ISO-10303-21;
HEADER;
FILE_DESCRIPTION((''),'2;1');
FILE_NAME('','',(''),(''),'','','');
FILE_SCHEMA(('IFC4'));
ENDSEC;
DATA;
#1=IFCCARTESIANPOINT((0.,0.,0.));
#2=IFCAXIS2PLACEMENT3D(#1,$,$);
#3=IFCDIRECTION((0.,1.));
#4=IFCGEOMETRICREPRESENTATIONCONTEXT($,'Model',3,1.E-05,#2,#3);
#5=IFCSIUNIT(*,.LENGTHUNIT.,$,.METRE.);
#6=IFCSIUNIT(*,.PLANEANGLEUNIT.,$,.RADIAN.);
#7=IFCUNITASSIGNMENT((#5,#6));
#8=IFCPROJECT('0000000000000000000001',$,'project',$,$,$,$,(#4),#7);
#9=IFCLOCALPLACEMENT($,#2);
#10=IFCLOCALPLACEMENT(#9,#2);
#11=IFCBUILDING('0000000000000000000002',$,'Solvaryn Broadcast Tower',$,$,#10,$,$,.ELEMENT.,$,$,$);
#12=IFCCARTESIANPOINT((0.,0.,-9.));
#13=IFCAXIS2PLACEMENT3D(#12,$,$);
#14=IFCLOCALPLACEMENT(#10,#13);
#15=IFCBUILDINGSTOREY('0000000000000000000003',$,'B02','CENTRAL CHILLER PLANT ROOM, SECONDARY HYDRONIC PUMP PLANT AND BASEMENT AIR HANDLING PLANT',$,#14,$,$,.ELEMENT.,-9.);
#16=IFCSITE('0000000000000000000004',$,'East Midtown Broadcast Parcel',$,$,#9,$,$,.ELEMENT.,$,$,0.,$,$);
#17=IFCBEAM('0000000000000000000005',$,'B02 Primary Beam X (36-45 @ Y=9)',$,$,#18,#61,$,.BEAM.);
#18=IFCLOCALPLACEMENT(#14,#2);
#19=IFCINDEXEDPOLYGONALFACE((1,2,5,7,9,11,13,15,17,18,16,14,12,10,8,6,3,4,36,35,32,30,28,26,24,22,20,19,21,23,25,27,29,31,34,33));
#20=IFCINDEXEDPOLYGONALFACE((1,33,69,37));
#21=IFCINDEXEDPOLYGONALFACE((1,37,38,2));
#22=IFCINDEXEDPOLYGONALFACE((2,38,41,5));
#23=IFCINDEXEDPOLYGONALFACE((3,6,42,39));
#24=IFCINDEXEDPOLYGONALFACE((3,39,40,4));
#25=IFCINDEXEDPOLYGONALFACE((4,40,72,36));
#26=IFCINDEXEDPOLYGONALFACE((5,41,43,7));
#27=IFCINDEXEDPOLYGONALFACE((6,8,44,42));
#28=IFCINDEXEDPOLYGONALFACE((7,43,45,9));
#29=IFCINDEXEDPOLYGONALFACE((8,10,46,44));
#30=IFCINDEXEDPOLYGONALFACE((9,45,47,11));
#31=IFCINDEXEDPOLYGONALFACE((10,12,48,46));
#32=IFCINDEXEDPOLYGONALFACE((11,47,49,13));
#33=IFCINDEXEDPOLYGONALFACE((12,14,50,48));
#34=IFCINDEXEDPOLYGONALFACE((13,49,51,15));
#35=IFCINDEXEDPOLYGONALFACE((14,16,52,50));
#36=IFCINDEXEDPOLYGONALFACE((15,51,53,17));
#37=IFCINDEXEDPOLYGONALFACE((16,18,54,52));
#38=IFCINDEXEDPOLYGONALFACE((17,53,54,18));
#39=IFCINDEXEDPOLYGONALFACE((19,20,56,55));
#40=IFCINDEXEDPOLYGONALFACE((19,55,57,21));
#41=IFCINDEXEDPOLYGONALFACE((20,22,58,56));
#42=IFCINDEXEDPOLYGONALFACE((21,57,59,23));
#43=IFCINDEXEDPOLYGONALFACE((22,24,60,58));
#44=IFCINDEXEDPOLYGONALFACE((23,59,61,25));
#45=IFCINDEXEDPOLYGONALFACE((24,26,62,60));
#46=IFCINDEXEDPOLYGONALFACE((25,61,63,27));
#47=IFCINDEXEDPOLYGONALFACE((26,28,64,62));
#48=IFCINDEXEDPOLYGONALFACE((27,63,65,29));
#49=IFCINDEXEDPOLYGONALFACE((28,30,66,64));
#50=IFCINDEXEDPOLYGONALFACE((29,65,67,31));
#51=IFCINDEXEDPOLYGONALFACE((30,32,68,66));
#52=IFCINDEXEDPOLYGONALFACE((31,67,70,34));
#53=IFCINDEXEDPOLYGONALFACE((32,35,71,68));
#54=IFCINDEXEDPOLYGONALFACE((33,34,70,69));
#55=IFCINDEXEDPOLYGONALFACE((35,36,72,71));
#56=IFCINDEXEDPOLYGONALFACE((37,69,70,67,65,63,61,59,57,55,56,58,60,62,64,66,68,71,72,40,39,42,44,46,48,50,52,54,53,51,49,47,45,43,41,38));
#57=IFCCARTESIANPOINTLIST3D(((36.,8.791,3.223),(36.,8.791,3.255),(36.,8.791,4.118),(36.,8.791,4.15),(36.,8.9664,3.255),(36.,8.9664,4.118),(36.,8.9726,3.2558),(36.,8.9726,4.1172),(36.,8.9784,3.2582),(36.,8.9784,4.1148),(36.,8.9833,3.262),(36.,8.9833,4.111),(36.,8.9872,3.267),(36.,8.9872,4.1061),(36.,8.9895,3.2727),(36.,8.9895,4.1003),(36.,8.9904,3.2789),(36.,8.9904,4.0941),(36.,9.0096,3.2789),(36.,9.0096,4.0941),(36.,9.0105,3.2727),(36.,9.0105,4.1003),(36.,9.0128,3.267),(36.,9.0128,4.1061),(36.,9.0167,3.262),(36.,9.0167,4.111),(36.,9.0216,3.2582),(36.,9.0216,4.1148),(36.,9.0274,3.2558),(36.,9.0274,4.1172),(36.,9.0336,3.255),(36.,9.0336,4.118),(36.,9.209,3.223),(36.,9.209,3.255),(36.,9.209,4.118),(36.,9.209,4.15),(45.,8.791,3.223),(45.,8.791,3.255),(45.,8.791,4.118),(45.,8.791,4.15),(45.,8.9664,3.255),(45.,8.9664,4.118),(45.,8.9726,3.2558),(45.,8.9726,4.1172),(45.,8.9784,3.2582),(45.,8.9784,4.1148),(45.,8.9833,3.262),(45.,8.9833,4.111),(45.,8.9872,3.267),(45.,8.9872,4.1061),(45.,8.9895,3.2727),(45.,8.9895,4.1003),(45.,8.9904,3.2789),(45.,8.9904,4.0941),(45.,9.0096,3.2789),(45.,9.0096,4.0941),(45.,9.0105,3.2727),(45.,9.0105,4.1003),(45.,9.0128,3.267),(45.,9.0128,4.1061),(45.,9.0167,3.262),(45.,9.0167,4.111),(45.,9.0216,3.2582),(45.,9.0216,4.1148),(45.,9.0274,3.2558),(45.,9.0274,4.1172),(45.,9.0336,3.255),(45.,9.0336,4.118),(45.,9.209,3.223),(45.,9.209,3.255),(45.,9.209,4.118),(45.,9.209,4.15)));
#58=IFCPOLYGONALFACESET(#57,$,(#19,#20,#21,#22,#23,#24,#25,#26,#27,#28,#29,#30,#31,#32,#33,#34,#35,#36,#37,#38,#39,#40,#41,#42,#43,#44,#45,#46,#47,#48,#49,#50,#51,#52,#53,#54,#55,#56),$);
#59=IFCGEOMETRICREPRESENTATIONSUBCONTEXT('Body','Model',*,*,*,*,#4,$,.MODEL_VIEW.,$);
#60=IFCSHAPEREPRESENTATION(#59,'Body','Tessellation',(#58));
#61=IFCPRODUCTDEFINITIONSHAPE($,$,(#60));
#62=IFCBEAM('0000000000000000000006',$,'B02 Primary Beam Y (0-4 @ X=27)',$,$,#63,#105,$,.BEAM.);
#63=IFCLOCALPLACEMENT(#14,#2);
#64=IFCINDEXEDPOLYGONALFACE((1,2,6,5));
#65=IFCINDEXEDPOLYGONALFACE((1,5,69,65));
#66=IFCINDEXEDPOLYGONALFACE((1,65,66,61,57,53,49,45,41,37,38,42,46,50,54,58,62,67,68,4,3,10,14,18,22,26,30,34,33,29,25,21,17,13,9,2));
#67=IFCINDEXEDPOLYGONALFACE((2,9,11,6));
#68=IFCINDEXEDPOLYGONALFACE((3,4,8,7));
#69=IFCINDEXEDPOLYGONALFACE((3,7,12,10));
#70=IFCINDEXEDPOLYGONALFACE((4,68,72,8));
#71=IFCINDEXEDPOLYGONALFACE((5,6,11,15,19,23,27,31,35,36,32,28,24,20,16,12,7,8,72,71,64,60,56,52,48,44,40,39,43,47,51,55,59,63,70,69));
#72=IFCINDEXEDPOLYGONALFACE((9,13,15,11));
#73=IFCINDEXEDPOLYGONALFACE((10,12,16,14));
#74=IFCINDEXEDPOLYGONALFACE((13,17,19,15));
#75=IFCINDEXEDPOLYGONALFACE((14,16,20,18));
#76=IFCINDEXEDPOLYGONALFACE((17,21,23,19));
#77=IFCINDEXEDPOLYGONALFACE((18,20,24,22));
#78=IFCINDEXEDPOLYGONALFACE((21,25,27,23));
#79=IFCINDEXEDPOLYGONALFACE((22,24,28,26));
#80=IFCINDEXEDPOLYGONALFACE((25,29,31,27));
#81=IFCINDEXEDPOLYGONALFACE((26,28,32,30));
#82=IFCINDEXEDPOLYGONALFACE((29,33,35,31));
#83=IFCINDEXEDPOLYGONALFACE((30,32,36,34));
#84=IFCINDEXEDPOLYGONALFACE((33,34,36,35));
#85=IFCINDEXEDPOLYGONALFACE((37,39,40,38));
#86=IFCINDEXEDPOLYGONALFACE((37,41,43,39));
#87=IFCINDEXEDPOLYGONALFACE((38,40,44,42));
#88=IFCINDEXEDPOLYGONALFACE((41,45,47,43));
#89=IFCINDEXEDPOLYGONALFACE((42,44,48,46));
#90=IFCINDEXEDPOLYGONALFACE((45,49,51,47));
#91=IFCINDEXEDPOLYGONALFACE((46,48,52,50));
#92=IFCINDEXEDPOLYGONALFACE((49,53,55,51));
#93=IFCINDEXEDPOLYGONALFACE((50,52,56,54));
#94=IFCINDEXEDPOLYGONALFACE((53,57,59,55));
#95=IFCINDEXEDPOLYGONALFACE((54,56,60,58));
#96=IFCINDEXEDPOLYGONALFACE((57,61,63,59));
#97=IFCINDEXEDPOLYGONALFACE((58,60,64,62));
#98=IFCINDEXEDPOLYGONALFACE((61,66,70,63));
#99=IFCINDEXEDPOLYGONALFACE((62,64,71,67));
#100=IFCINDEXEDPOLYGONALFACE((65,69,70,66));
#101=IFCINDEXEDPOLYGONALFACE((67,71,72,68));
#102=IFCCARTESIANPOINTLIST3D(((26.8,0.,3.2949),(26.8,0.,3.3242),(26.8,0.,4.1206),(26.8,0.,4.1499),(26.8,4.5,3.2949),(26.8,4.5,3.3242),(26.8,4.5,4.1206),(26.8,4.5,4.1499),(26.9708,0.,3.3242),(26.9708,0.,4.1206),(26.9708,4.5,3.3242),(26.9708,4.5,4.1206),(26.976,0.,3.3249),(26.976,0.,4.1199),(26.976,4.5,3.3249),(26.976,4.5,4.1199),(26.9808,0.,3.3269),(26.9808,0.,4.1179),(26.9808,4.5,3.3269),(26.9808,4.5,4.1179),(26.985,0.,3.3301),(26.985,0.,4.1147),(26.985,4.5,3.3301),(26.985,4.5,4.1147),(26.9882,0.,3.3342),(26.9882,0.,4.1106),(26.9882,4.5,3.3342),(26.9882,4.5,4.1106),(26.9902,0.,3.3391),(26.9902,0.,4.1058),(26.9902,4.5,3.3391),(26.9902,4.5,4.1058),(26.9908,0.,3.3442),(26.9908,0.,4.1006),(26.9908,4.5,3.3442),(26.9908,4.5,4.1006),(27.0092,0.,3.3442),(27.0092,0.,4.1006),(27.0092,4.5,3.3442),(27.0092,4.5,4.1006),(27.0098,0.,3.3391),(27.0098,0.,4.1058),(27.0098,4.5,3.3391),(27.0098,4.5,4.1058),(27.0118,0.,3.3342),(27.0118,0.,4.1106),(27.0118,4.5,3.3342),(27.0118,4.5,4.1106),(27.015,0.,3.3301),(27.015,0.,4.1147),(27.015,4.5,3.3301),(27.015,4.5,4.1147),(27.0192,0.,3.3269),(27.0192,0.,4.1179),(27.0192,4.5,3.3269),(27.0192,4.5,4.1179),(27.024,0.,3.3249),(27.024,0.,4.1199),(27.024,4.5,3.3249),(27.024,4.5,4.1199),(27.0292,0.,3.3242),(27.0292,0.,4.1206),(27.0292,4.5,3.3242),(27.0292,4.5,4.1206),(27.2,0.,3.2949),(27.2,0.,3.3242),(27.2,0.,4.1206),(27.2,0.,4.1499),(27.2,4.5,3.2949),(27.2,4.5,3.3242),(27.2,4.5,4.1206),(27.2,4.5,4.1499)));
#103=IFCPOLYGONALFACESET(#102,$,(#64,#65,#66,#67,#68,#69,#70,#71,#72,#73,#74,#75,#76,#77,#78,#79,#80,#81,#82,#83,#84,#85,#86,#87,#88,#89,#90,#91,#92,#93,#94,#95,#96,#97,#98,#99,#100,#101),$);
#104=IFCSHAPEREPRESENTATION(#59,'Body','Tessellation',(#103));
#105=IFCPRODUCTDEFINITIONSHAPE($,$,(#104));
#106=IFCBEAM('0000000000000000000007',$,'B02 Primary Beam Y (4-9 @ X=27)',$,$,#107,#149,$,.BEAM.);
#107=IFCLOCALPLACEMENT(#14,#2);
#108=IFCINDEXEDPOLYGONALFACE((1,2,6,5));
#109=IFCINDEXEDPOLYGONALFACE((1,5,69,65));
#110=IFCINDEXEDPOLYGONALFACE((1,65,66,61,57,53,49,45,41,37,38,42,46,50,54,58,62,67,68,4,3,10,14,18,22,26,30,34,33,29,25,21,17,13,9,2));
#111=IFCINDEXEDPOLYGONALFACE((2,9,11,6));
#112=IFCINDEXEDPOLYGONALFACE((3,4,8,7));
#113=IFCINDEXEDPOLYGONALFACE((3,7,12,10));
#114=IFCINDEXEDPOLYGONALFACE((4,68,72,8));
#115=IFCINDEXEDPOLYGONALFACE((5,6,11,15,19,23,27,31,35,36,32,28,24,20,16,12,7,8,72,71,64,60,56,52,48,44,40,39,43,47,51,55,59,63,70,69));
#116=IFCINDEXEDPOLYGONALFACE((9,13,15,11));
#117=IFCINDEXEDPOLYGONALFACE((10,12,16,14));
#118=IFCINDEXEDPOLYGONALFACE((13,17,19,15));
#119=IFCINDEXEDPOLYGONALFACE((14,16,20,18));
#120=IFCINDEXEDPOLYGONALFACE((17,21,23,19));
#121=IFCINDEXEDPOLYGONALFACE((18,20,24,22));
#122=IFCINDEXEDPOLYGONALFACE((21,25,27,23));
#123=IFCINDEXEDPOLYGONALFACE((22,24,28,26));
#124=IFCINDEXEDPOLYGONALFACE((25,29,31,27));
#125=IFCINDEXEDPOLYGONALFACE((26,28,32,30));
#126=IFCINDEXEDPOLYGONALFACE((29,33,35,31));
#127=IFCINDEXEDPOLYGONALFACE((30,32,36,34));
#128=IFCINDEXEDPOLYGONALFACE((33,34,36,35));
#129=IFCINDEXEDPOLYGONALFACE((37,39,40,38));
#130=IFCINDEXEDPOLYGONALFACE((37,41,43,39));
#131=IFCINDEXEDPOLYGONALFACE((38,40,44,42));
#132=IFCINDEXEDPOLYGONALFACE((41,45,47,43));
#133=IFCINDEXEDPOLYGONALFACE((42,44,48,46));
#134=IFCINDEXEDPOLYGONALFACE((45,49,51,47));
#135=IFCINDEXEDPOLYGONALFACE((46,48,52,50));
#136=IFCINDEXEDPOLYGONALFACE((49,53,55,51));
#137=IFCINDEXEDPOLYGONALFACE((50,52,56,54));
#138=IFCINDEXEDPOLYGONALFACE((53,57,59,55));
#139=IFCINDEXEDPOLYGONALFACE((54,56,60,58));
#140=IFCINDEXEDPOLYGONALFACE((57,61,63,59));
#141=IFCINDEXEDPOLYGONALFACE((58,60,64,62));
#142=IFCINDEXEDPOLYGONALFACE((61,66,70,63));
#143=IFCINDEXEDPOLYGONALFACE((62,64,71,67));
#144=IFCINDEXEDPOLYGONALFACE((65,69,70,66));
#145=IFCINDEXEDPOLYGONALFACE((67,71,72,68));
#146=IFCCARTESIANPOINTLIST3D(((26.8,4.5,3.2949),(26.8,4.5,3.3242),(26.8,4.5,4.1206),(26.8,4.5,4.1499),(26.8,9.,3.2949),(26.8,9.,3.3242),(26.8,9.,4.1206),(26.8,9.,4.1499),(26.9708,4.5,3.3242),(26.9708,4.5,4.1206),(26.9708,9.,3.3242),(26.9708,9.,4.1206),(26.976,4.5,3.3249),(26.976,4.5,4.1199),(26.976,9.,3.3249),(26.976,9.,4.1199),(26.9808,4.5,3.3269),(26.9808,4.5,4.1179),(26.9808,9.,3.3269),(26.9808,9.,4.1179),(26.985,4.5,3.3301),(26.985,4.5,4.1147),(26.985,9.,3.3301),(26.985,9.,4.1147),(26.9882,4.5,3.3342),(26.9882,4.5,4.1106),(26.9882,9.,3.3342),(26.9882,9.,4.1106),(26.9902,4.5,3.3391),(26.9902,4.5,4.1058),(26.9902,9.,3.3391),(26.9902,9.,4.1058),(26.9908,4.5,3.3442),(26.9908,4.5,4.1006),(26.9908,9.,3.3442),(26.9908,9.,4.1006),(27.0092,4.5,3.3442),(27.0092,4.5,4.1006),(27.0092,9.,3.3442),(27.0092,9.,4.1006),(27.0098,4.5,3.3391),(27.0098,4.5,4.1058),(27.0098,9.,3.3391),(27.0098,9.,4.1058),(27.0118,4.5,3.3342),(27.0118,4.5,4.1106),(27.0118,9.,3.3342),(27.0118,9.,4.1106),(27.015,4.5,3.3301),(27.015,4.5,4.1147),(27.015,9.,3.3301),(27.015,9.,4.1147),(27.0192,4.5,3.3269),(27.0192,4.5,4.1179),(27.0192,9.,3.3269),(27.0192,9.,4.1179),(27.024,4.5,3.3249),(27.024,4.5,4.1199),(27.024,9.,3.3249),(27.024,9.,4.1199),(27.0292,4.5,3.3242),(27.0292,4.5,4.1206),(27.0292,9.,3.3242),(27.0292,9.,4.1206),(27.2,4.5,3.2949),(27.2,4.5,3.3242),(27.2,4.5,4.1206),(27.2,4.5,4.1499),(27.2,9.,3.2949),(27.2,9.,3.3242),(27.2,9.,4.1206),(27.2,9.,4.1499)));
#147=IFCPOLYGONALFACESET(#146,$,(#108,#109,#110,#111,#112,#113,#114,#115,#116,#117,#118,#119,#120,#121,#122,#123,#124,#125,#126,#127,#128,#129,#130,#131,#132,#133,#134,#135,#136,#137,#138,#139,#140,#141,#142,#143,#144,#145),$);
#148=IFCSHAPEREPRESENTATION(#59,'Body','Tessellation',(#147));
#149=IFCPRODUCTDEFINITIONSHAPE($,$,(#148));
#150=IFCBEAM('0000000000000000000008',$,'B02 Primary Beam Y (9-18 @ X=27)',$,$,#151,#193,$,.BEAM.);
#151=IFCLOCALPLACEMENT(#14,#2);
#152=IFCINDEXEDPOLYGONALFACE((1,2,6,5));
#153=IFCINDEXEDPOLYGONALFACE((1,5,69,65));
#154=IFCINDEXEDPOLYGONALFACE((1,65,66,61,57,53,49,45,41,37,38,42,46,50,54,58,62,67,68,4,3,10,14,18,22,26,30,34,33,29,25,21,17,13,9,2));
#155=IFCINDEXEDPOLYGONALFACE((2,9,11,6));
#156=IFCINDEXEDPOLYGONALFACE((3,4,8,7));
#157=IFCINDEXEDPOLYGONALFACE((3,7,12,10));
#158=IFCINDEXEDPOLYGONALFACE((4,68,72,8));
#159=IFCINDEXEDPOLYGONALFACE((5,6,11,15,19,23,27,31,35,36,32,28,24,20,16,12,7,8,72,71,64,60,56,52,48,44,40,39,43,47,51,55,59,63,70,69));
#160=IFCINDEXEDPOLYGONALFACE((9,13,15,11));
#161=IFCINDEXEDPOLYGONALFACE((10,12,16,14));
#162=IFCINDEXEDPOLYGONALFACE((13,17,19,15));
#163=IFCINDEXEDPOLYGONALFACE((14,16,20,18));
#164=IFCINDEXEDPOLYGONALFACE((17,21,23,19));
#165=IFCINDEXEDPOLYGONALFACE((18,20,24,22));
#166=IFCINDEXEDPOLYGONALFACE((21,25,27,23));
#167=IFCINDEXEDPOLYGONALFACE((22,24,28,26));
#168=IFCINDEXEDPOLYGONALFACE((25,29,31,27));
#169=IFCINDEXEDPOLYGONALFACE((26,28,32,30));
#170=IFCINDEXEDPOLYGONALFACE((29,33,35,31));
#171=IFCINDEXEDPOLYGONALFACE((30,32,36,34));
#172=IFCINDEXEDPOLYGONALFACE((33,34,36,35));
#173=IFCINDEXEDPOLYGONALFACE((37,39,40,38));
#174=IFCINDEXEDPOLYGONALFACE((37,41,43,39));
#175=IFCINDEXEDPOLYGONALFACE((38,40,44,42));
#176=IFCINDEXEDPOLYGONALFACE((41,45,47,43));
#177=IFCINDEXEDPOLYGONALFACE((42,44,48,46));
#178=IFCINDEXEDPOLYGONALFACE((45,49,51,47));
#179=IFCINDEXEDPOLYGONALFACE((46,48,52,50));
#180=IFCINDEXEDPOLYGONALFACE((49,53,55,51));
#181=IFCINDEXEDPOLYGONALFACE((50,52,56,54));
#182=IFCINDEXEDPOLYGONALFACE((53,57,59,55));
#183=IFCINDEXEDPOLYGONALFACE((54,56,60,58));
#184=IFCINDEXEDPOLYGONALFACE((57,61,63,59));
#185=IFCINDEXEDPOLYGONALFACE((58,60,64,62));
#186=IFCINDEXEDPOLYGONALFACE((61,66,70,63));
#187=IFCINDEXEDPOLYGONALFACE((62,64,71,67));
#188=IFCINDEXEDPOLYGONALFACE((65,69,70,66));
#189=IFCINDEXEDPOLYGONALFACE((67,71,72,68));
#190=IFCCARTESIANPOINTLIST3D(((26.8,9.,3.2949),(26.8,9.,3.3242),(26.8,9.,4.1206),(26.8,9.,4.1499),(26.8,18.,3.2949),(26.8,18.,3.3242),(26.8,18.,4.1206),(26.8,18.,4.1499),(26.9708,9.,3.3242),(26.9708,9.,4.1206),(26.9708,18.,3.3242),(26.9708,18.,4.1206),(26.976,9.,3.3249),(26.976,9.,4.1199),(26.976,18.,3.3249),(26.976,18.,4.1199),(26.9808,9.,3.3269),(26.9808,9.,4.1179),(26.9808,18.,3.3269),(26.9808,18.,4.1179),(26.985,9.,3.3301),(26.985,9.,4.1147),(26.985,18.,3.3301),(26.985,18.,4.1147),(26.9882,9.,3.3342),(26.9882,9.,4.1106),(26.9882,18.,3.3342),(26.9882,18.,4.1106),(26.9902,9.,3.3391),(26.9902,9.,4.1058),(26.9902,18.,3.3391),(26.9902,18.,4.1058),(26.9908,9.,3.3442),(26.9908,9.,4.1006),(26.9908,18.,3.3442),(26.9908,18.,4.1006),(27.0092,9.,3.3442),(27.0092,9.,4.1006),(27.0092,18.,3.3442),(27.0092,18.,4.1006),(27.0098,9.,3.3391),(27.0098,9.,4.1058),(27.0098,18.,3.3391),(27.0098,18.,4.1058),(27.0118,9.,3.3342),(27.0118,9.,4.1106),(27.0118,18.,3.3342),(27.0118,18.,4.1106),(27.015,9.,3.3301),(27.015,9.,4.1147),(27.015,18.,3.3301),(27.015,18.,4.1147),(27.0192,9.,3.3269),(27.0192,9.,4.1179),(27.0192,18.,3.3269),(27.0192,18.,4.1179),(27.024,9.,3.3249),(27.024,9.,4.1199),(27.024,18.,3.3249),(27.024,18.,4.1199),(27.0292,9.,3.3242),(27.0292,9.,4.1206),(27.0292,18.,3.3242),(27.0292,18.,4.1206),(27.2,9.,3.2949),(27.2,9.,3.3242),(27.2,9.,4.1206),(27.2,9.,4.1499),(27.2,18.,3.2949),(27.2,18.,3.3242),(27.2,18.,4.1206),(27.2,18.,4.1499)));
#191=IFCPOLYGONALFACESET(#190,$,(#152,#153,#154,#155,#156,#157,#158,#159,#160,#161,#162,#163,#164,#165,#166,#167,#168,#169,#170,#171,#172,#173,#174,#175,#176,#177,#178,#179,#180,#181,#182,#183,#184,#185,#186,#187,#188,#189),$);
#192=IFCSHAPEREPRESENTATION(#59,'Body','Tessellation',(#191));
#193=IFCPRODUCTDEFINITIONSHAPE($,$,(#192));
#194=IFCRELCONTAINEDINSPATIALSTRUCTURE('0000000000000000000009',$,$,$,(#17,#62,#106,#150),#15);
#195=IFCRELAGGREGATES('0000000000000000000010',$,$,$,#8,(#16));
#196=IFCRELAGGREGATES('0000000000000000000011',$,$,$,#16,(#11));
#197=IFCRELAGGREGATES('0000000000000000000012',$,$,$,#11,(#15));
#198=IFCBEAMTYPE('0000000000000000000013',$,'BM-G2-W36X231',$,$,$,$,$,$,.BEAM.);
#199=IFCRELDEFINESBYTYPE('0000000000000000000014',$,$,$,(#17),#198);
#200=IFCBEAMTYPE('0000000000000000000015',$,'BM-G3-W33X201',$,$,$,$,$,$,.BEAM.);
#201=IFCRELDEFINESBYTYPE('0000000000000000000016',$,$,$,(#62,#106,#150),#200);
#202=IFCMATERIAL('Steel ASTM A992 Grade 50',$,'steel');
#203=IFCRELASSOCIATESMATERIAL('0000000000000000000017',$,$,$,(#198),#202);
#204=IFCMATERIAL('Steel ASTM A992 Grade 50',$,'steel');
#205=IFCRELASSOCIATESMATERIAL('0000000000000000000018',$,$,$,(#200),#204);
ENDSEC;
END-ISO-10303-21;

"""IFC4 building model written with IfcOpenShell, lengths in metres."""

from ifc_helpers import new_model, si_unit, direction, frame, origin, origin_2d, place, context, subcontext, project, spatial, i_section, extrude, material, material_profile, profile_set, type_object, element, save


model = new_model("IFC4")

# Units and contexts
model_context = context("Model", 3, precision=1e-05, world=origin(), true_north=direction((0.0, 1.0)))
body_context = subcontext(model_context, "Body", "Model", "MODEL_VIEW")
ifc_project = project(units=[si_unit("LENGTHUNIT", "METRE"), si_unit("PLANEANGLEUNIT", "RADIAN")], contexts=[model_context])

# Site, building, storey
site_placement = place(None, origin())
site = spatial("IfcSite", under=ifc_project, at=site_placement, Name="East Midtown Broadcast Parcel", CompositionType="ELEMENT", RefElevation=0.0)
building_placement = place(site_placement, origin())
building = spatial("IfcBuilding", under=site, at=building_placement, Name="Solvaryn Broadcast Tower", CompositionType="ELEMENT")
storey_placement = place(building_placement, frame((0.0, 0.0, -9.0)))
storey = spatial("IfcBuildingStorey", under=building, at=storey_placement, Name="B02", Description="CENTRAL CHILLER PLANT ROOM, SECONDARY HYDRONIC PUMP PLANT AND BASEMENT AIR HANDLING PLANT", CompositionType="ELEMENT", Elevation=-9.0)

# Beams
ifc_material_1 = material(Name="Steel ASTM A992 Grade 50", Category="steel")
ifc_material_profile_1 = material_profile(ifc_material_1, i_section(OverallWidth=0.418, OverallDepth=0.927, WebThickness=0.0193, FlangeThickness=0.032, FilletRadius=0.0239, at=origin_2d()))
ifc_profile_set_1 = profile_set([ifc_material_profile_1], Name="Steel ASTM A992 Grade 50")
beam_type_1 = type_object("IfcBeamType", Name="BM-G2-W36X231", PredefinedType="BEAM", material=ifc_profile_set_1)
for number, where, z_axis, x_axis, name in (
    (1, (36.0, 9.0, 3.6865), (1.0, 0.0, 0.0), (0.0, 1.0, 0.0), "B02 Primary Beam X (36-45 @ Y=9)"),
):
    element("IfcBeam", number, at=place(storey_placement, frame(where, z_axis=z_axis, x_axis=x_axis)), inside=storey, type_object=beam_type_1, Name=name, PredefinedType="BEAM", context=body_context, shape_type="SweptSolid", body=[
        extrude(i_section(OverallWidth=0.418, OverallDepth=0.927, WebThickness=0.0193, FlangeThickness=0.032, FilletRadius=0.0239, at=origin_2d()), origin(), (0.0, 0.0, 1.0), 9.0),
    ])
ifc_material_2 = material(Name="Steel ASTM A992 Grade 50", Category="steel")
ifc_material_profile_2 = material_profile(ifc_material_2, i_section(OverallWidth=0.3999, OverallDepth=0.855, WebThickness=0.0183, FlangeThickness=0.0293, FilletRadius=0.02, at=origin_2d()))
ifc_profile_set_2 = profile_set([ifc_material_profile_2], Name="Steel ASTM A992 Grade 50")
beam_type_2 = type_object("IfcBeamType", Name="BM-G3-W33X201", PredefinedType="BEAM", material=ifc_profile_set_2)
for number, where, z_axis, x_axis, name in (
    (2, (27.0, 0.0, 3.7224), (0.0, 1.0, 0.0), (-1.0, 0.0, 0.0), "B02 Primary Beam Y (0-4 @ X=27)"),
    (3, (27.0, 4.5, 3.7224), (0.0, 1.0, 0.0), (-1.0, 0.0, 0.0), "B02 Primary Beam Y (4-9 @ X=27)"),
):
    element("IfcBeam", number, at=place(storey_placement, frame(where, z_axis=z_axis, x_axis=x_axis)), inside=storey, type_object=beam_type_2, Name=name, PredefinedType="BEAM", context=body_context, shape_type="SweptSolid", body=[
        extrude(i_section(OverallWidth=0.3999, OverallDepth=0.855, WebThickness=0.0183, FlangeThickness=0.0293, FilletRadius=0.02, at=origin_2d()), origin(), (0.0, 0.0, 1.0), 4.5),
    ])
beam_1_placement = place(storey_placement, frame((27.0, 9.0, 3.7224), z_axis=(0.0, 1.0, 0.0), x_axis=(-1.0, 0.0, 0.0)))
element("IfcBeam", 4, at=beam_1_placement, inside=storey, type_object=beam_type_2, Name="B02 Primary Beam Y (9-18 @ X=27)", PredefinedType="BEAM", context=body_context, shape_type="SweptSolid", body=[
    extrude(i_section(OverallWidth=0.3999, OverallDepth=0.855, WebThickness=0.0183, FlangeThickness=0.0293, FilletRadius=0.02, at=origin_2d()), origin(), (0.0, 0.0, 1.0), 9.0),
])

save(model, "model.ifc")
